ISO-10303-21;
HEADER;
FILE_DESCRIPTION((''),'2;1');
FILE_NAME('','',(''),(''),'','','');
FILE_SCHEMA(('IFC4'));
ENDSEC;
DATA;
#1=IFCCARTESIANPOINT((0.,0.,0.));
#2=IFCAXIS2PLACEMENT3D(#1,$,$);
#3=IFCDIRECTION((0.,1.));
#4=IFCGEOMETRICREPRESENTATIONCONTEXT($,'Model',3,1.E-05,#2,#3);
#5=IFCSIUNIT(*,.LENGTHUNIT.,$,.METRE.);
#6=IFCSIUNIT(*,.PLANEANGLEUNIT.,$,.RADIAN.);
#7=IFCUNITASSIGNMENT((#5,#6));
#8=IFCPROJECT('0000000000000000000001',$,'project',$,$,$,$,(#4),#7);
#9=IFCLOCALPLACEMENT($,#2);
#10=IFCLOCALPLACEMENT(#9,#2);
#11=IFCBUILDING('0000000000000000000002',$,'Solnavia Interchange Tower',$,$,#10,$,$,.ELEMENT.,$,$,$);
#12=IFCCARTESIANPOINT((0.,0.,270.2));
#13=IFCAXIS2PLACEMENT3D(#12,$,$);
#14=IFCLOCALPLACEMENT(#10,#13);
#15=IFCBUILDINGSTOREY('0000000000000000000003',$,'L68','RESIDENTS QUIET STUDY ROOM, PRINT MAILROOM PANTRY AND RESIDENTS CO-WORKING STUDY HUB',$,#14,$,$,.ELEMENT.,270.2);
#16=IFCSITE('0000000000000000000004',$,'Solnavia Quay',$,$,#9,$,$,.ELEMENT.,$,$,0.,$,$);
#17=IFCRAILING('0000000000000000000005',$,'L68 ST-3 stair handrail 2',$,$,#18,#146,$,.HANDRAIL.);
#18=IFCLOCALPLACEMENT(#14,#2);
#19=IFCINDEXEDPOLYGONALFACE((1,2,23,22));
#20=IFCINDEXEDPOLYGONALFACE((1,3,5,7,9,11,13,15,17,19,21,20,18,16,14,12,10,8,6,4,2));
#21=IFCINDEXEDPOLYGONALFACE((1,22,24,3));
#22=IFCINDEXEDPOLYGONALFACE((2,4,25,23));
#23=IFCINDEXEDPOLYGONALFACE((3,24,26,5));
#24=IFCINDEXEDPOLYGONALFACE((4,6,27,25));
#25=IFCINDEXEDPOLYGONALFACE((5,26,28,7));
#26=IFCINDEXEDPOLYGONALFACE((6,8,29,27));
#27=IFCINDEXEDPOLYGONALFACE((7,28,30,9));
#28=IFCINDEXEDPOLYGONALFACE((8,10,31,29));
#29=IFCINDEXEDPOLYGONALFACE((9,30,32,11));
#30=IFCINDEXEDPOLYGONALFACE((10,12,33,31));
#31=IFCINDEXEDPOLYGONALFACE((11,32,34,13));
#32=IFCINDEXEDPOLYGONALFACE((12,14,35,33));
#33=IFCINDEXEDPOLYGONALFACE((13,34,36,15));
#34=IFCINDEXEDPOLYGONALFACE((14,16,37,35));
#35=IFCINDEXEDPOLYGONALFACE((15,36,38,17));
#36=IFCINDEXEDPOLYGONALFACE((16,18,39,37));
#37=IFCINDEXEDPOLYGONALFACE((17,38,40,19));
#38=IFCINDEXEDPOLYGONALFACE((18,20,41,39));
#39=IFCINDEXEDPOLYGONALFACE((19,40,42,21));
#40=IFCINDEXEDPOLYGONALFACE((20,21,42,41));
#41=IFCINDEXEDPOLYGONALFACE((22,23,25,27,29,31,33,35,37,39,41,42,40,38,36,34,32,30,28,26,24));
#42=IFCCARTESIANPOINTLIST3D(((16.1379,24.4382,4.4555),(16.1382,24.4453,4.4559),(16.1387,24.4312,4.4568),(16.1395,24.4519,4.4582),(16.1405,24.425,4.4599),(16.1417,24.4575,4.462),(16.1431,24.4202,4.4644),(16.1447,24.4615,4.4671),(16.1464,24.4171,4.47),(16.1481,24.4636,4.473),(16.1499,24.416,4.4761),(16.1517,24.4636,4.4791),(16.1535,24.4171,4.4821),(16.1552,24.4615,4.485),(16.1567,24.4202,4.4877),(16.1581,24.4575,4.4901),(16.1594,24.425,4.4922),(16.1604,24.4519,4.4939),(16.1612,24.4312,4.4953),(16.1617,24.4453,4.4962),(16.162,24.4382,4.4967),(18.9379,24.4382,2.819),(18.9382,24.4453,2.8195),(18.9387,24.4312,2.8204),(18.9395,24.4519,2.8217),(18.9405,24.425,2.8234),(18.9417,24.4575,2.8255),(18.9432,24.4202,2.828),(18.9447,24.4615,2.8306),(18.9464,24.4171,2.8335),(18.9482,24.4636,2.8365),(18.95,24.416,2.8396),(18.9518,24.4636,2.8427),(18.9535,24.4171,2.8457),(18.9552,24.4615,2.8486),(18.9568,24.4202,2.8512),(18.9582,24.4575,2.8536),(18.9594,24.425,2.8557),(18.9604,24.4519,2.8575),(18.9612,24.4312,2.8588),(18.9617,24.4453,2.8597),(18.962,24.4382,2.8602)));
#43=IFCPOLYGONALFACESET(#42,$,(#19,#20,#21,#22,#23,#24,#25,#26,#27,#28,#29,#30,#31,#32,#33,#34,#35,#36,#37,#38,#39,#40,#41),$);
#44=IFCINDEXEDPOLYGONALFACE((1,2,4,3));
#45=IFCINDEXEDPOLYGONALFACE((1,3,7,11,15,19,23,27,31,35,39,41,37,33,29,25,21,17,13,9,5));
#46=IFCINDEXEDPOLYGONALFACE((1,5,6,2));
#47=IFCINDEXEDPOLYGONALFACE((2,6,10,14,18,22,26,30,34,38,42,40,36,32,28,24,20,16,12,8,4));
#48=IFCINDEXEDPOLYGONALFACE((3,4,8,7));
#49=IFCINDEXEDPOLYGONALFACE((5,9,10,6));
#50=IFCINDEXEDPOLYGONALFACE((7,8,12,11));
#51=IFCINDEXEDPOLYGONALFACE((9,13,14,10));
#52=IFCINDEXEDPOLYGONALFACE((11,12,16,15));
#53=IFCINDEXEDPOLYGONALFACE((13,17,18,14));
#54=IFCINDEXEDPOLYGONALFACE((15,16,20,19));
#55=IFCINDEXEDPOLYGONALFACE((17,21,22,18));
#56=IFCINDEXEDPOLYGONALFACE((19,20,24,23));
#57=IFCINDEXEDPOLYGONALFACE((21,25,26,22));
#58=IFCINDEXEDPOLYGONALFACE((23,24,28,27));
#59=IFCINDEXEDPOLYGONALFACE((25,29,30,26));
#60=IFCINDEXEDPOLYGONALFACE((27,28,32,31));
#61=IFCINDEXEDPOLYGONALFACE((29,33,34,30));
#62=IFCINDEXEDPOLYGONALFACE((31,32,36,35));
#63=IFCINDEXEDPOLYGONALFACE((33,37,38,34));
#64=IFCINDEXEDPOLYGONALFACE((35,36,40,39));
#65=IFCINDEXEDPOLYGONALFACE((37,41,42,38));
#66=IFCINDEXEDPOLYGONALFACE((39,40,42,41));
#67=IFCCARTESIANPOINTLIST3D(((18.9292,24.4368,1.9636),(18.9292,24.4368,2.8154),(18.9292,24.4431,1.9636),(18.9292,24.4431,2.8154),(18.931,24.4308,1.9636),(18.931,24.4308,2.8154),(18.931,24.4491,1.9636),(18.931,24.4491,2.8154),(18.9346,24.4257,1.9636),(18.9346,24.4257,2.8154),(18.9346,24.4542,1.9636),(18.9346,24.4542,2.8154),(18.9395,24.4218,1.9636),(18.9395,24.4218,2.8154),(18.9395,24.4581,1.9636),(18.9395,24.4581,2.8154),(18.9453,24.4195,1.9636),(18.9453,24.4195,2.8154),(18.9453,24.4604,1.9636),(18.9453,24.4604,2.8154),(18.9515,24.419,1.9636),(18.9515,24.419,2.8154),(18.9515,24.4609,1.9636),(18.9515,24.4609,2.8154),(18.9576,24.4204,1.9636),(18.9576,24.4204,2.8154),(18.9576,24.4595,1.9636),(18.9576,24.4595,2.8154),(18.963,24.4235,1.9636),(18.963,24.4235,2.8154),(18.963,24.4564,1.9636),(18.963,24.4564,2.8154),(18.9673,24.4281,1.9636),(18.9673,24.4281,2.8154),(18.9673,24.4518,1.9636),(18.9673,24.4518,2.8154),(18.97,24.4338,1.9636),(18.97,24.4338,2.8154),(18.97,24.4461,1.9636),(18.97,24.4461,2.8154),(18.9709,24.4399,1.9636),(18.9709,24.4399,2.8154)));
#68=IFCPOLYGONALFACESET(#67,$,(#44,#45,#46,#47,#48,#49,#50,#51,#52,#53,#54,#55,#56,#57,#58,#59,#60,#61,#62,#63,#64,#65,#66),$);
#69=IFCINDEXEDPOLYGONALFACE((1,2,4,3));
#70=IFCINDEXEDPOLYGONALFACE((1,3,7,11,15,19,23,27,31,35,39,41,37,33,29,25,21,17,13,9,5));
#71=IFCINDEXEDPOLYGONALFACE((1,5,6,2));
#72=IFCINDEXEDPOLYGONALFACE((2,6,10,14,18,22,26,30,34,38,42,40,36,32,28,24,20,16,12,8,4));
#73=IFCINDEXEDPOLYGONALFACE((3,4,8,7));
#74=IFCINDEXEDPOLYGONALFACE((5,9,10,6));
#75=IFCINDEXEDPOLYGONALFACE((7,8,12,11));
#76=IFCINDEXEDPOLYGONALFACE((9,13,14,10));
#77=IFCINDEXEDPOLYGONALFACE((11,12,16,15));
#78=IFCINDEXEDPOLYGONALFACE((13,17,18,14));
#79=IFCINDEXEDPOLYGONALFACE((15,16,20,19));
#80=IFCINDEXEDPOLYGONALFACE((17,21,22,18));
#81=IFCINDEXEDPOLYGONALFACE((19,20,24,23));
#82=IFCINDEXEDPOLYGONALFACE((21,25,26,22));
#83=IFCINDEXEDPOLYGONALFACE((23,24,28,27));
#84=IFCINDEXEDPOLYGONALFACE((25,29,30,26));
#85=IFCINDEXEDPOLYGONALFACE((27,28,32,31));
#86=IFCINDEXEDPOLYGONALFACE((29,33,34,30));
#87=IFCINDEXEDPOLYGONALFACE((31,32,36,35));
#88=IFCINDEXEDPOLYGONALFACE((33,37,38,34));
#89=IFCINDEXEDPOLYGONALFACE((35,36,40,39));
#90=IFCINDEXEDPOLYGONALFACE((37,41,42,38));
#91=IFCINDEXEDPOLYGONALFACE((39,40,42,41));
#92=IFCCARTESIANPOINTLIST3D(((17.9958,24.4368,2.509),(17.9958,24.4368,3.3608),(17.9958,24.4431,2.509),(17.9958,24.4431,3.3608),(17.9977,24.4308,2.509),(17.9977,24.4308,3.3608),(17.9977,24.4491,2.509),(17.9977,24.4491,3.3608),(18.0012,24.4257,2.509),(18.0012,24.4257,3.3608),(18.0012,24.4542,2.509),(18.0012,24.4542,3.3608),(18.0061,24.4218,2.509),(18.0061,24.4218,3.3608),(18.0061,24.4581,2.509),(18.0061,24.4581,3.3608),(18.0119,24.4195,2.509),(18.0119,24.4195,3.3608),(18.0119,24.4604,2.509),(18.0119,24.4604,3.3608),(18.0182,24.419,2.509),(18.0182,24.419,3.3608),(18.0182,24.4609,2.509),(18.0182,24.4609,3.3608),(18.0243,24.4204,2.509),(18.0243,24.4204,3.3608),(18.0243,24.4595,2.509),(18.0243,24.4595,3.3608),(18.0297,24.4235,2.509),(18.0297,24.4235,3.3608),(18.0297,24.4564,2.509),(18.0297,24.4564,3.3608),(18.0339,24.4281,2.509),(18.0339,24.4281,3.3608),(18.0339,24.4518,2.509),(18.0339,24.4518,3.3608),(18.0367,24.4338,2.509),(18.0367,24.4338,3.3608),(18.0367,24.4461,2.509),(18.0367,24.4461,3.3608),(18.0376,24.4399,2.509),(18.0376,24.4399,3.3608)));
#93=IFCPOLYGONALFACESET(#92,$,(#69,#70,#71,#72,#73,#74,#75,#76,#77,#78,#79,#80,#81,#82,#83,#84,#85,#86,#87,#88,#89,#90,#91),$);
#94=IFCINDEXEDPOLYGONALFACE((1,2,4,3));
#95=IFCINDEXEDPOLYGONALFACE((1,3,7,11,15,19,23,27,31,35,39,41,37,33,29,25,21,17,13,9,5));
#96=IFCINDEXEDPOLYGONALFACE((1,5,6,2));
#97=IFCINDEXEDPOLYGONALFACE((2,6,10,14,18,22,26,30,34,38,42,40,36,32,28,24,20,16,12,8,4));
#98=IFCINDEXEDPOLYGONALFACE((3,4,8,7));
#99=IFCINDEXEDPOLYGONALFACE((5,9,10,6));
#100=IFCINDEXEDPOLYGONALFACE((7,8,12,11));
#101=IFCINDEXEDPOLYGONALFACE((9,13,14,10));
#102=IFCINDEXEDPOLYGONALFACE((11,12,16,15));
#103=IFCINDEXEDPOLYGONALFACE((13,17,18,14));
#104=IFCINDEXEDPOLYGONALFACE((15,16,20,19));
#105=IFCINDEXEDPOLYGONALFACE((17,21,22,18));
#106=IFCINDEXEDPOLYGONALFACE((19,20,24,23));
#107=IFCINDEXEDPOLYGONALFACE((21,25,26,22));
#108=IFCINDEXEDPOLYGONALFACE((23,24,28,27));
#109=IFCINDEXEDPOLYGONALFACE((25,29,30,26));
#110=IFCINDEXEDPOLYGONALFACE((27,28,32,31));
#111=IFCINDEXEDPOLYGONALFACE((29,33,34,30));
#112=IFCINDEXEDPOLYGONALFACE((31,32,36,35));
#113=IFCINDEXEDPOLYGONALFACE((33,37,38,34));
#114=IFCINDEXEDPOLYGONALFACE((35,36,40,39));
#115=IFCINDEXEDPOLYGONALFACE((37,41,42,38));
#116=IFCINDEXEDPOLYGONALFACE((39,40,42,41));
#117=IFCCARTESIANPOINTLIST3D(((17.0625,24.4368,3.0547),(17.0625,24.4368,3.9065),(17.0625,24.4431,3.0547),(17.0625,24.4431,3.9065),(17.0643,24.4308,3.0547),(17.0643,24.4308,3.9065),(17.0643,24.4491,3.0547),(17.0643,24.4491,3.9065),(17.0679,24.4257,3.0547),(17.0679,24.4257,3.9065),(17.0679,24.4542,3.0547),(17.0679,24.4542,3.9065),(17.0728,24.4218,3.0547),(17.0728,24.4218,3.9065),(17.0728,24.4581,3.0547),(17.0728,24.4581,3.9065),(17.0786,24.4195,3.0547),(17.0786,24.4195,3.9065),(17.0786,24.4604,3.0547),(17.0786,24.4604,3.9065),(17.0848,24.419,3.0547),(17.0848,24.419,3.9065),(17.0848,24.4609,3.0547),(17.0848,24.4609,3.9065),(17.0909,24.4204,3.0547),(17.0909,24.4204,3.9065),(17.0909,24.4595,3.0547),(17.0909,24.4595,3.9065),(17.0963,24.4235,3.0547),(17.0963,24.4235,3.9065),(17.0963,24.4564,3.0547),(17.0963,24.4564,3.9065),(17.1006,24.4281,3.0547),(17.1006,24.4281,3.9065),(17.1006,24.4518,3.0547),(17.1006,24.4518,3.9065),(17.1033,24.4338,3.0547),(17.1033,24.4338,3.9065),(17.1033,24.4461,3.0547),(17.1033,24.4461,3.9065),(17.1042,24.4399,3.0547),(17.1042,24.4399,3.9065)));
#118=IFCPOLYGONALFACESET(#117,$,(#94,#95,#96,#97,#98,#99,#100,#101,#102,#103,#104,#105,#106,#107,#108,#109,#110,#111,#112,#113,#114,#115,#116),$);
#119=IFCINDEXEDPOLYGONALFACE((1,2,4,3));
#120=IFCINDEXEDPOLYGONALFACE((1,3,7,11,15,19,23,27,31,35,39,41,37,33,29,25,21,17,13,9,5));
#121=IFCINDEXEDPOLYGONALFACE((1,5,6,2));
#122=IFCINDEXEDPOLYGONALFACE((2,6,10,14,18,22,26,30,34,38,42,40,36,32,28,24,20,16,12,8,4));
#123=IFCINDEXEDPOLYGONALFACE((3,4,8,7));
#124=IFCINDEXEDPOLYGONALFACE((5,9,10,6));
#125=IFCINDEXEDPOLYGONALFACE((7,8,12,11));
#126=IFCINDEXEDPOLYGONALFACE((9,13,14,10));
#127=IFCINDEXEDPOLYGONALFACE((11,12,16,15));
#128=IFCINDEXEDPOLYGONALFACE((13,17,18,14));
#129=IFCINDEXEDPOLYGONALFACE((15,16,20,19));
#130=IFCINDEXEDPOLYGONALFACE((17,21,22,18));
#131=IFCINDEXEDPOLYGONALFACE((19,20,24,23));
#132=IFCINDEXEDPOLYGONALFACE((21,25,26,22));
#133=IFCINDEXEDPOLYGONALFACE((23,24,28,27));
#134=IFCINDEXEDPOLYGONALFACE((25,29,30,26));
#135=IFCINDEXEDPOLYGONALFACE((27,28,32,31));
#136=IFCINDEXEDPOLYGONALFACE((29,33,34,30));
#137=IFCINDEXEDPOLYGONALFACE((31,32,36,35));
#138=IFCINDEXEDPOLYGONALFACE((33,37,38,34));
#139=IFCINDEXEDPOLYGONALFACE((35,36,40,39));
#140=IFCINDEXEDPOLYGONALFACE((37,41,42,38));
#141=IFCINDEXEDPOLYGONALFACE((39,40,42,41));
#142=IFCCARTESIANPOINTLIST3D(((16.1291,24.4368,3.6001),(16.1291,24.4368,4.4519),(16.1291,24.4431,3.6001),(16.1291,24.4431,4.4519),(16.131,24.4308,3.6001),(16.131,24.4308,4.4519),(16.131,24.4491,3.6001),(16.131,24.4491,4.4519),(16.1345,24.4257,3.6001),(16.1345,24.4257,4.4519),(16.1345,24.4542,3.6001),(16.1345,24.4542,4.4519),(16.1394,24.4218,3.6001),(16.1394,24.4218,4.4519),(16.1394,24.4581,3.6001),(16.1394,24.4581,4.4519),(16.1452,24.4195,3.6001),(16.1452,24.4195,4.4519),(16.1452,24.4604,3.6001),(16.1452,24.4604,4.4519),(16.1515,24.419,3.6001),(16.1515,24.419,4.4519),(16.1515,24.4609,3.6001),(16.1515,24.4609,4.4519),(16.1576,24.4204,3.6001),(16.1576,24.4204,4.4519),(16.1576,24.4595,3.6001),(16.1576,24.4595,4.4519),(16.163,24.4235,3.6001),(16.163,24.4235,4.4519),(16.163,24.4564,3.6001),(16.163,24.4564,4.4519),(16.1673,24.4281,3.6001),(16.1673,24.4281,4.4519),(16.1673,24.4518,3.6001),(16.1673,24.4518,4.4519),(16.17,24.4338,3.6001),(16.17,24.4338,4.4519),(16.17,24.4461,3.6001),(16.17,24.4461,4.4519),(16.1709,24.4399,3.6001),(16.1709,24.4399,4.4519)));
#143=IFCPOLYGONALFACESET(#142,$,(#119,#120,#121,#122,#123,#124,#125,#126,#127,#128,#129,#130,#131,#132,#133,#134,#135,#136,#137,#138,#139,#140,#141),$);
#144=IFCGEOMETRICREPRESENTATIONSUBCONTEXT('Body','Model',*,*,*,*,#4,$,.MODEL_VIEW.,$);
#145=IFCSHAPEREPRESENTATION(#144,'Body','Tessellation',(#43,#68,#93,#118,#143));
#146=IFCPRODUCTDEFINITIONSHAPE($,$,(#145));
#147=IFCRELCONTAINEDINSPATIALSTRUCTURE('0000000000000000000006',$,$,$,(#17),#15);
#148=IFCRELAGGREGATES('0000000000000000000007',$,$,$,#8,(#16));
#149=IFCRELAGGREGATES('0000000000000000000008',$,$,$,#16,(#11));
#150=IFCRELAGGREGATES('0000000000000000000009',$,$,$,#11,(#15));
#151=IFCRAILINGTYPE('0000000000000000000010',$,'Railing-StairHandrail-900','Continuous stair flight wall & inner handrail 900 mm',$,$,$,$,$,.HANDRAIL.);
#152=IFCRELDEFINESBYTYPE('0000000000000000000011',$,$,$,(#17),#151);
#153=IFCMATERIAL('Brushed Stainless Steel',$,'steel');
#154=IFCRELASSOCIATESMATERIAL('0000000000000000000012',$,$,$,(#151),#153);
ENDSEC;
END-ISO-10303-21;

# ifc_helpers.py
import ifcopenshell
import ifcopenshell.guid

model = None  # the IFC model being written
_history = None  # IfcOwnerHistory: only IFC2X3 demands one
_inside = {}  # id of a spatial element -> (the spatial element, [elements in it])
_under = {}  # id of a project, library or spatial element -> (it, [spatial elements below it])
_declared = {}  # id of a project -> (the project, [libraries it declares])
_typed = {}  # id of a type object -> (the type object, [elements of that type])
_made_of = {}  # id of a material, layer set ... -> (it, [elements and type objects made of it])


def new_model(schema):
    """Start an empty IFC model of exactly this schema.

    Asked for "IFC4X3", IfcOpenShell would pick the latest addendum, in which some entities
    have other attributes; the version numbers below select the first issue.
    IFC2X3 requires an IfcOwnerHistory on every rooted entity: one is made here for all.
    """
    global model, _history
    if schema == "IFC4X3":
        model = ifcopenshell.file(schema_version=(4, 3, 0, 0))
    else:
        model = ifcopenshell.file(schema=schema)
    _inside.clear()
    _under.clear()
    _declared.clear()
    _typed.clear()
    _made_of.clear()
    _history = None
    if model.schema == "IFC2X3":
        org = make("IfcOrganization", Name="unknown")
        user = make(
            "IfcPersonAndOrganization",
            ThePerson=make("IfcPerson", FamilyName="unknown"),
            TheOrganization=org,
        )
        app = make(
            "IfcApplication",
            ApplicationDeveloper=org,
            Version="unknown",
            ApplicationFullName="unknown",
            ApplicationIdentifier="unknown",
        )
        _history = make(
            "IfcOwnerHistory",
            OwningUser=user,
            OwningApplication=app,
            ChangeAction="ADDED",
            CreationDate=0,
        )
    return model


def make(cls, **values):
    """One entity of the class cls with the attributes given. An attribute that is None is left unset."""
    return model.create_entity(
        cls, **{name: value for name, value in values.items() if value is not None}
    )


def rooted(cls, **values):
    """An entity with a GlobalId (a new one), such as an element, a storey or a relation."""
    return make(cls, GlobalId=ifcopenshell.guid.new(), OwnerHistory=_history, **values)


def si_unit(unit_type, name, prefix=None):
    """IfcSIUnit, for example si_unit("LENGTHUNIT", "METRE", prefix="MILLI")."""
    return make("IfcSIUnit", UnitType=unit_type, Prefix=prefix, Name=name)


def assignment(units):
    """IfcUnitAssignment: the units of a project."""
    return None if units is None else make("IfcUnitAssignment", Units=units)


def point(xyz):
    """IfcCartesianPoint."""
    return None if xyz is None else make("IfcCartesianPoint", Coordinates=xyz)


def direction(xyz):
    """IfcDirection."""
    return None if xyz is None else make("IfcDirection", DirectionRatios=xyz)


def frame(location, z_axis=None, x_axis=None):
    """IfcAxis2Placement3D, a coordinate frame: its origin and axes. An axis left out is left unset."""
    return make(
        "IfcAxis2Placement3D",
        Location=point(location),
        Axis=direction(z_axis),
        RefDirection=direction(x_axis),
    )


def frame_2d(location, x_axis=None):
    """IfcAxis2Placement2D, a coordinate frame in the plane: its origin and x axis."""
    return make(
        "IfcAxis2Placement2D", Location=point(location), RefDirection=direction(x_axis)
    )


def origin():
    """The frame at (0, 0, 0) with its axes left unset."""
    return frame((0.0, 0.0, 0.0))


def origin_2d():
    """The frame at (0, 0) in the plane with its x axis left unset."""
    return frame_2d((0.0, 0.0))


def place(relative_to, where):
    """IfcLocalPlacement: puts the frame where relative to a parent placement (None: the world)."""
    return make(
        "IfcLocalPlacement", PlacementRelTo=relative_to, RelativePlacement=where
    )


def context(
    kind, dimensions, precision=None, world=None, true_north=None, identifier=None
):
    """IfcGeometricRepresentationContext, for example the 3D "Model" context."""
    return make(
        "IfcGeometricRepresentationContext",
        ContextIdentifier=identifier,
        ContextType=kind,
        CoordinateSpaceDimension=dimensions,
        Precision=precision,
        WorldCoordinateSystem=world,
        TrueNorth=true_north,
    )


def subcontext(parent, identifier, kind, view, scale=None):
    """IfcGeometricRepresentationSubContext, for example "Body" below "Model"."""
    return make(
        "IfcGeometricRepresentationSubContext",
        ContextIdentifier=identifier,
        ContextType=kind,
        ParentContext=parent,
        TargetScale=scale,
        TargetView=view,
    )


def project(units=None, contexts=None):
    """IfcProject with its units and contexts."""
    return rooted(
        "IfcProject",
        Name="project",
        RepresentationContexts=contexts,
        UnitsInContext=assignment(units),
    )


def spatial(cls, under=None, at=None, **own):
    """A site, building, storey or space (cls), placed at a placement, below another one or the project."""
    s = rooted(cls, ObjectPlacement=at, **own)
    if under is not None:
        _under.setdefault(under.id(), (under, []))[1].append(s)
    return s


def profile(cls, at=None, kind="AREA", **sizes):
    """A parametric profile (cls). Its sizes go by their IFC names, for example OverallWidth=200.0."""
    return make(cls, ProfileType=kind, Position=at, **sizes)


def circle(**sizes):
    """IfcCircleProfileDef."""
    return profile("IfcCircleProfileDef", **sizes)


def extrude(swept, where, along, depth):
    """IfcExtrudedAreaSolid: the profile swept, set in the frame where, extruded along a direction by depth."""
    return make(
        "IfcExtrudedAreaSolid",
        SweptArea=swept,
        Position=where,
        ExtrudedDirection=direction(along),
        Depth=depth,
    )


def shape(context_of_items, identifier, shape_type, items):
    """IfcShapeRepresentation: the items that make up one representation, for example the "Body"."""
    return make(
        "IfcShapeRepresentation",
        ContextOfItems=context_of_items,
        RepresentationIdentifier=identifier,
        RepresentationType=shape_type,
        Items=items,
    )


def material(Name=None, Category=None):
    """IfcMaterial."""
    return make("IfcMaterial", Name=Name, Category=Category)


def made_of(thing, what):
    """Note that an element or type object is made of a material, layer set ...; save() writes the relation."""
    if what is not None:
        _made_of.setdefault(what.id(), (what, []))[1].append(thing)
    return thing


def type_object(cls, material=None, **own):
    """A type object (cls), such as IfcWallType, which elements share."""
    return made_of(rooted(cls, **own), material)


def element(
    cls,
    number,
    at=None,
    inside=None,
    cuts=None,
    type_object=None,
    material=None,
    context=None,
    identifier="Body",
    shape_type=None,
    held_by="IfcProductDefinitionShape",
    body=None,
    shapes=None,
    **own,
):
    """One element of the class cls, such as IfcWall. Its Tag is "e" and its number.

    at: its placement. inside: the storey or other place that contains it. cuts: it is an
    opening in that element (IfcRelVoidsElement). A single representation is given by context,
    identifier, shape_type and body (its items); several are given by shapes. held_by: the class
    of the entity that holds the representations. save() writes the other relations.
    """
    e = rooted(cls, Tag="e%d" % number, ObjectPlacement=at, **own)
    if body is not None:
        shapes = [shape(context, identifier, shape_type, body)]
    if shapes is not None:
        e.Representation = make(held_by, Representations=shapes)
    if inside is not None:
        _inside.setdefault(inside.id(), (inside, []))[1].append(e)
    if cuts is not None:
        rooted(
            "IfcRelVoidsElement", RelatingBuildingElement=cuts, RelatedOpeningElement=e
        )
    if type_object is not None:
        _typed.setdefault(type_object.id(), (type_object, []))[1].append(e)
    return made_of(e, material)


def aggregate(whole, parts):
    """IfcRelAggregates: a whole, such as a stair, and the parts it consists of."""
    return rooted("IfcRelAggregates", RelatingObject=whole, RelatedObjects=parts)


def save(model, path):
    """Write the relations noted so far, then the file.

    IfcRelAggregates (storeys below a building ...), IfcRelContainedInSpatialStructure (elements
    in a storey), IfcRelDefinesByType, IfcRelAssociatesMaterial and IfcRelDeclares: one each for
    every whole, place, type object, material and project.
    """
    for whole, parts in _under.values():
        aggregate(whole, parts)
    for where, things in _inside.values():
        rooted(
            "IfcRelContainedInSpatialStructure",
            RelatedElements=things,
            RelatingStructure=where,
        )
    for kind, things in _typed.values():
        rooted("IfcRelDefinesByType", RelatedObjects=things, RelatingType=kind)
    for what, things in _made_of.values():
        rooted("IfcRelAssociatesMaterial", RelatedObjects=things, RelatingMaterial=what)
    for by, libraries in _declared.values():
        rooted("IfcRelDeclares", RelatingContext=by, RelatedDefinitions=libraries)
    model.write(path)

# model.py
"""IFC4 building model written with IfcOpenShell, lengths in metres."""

from ifc_helpers import new_model, si_unit, direction, frame, origin, origin_2d, place, context, subcontext, project, spatial, circle, extrude, material, type_object, element, save


model = new_model("IFC4")

# Units and contexts
model_context = context("Model", 3, precision=1e-05, world=origin(), true_north=direction((0.0, 1.0)))
body_context = subcontext(model_context, "Body", "Model", "MODEL_VIEW")
ifc_project = project(units=[si_unit("LENGTHUNIT", "METRE"), si_unit("PLANEANGLEUNIT", "RADIAN")], contexts=[model_context])

# Site, building, storey
site_placement = place(None, origin())
site = spatial("IfcSite", under=ifc_project, at=site_placement, Name="Solnavia Quay", CompositionType="ELEMENT", RefElevation=0.0)
building_placement = place(site_placement, origin())
building = spatial("IfcBuilding", under=site, at=building_placement, Name="Solnavia Interchange Tower", CompositionType="ELEMENT")
storey_placement = place(building_placement, frame((0.0, 0.0, 270.2)))
storey = spatial("IfcBuildingStorey", under=building, at=storey_placement, Name="L68", Description="RESIDENTS QUIET STUDY ROOM, PRINT MAILROOM PANTRY AND RESIDENTS CO-WORKING STUDY HUB", CompositionType="ELEMENT", Elevation=270.2)

# Railing
ifc_material_1 = material(Name="Brushed Stainless Steel", Category="steel")
railing_type_1 = type_object("IfcRailingType", Name="Railing-StairHandrail-900", Description="Continuous stair flight wall & inner handrail 900 mm", PredefinedType="HANDRAIL", material=ifc_material_1)
railing_1_placement = place(storey_placement, frame((18.95, 24.4399, 1.9636)))
element("IfcRailing", 1, at=railing_1_placement, inside=storey, type_object=railing_type_1, Name="L68 ST-3 stair handrail 2", PredefinedType="HANDRAIL", context=body_context, shape_type="SweptSolid", body=[
    extrude(circle(Radius=0.0239, at=origin_2d()), frame((0.0, 0.0, 0.876), z_axis=(-0.863361, 0.0, 0.504587), x_axis=(0.0, -1.0, 0.0)), (0.0, 0.0, 1.0), 3.2432),
    extrude(circle(Radius=0.021, at=origin_2d()), origin(), (0.0, 0.0, 1.0), 0.8518),
    extrude(circle(Radius=0.021, at=origin_2d()), frame((-0.9333, 0.0, 0.5454)), (0.0, 0.0, 1.0), 0.8518),
    extrude(circle(Radius=0.021, at=origin_2d()), frame((-1.8667, 0.0, 1.0911)), (0.0, 0.0, 1.0), 0.8518),
    extrude(circle(Radius=0.021, at=origin_2d()), frame((-2.8, 0.0, 1.6365)), (0.0, 0.0, 1.0), 0.8518),
])

save(model, "model.ifc")
